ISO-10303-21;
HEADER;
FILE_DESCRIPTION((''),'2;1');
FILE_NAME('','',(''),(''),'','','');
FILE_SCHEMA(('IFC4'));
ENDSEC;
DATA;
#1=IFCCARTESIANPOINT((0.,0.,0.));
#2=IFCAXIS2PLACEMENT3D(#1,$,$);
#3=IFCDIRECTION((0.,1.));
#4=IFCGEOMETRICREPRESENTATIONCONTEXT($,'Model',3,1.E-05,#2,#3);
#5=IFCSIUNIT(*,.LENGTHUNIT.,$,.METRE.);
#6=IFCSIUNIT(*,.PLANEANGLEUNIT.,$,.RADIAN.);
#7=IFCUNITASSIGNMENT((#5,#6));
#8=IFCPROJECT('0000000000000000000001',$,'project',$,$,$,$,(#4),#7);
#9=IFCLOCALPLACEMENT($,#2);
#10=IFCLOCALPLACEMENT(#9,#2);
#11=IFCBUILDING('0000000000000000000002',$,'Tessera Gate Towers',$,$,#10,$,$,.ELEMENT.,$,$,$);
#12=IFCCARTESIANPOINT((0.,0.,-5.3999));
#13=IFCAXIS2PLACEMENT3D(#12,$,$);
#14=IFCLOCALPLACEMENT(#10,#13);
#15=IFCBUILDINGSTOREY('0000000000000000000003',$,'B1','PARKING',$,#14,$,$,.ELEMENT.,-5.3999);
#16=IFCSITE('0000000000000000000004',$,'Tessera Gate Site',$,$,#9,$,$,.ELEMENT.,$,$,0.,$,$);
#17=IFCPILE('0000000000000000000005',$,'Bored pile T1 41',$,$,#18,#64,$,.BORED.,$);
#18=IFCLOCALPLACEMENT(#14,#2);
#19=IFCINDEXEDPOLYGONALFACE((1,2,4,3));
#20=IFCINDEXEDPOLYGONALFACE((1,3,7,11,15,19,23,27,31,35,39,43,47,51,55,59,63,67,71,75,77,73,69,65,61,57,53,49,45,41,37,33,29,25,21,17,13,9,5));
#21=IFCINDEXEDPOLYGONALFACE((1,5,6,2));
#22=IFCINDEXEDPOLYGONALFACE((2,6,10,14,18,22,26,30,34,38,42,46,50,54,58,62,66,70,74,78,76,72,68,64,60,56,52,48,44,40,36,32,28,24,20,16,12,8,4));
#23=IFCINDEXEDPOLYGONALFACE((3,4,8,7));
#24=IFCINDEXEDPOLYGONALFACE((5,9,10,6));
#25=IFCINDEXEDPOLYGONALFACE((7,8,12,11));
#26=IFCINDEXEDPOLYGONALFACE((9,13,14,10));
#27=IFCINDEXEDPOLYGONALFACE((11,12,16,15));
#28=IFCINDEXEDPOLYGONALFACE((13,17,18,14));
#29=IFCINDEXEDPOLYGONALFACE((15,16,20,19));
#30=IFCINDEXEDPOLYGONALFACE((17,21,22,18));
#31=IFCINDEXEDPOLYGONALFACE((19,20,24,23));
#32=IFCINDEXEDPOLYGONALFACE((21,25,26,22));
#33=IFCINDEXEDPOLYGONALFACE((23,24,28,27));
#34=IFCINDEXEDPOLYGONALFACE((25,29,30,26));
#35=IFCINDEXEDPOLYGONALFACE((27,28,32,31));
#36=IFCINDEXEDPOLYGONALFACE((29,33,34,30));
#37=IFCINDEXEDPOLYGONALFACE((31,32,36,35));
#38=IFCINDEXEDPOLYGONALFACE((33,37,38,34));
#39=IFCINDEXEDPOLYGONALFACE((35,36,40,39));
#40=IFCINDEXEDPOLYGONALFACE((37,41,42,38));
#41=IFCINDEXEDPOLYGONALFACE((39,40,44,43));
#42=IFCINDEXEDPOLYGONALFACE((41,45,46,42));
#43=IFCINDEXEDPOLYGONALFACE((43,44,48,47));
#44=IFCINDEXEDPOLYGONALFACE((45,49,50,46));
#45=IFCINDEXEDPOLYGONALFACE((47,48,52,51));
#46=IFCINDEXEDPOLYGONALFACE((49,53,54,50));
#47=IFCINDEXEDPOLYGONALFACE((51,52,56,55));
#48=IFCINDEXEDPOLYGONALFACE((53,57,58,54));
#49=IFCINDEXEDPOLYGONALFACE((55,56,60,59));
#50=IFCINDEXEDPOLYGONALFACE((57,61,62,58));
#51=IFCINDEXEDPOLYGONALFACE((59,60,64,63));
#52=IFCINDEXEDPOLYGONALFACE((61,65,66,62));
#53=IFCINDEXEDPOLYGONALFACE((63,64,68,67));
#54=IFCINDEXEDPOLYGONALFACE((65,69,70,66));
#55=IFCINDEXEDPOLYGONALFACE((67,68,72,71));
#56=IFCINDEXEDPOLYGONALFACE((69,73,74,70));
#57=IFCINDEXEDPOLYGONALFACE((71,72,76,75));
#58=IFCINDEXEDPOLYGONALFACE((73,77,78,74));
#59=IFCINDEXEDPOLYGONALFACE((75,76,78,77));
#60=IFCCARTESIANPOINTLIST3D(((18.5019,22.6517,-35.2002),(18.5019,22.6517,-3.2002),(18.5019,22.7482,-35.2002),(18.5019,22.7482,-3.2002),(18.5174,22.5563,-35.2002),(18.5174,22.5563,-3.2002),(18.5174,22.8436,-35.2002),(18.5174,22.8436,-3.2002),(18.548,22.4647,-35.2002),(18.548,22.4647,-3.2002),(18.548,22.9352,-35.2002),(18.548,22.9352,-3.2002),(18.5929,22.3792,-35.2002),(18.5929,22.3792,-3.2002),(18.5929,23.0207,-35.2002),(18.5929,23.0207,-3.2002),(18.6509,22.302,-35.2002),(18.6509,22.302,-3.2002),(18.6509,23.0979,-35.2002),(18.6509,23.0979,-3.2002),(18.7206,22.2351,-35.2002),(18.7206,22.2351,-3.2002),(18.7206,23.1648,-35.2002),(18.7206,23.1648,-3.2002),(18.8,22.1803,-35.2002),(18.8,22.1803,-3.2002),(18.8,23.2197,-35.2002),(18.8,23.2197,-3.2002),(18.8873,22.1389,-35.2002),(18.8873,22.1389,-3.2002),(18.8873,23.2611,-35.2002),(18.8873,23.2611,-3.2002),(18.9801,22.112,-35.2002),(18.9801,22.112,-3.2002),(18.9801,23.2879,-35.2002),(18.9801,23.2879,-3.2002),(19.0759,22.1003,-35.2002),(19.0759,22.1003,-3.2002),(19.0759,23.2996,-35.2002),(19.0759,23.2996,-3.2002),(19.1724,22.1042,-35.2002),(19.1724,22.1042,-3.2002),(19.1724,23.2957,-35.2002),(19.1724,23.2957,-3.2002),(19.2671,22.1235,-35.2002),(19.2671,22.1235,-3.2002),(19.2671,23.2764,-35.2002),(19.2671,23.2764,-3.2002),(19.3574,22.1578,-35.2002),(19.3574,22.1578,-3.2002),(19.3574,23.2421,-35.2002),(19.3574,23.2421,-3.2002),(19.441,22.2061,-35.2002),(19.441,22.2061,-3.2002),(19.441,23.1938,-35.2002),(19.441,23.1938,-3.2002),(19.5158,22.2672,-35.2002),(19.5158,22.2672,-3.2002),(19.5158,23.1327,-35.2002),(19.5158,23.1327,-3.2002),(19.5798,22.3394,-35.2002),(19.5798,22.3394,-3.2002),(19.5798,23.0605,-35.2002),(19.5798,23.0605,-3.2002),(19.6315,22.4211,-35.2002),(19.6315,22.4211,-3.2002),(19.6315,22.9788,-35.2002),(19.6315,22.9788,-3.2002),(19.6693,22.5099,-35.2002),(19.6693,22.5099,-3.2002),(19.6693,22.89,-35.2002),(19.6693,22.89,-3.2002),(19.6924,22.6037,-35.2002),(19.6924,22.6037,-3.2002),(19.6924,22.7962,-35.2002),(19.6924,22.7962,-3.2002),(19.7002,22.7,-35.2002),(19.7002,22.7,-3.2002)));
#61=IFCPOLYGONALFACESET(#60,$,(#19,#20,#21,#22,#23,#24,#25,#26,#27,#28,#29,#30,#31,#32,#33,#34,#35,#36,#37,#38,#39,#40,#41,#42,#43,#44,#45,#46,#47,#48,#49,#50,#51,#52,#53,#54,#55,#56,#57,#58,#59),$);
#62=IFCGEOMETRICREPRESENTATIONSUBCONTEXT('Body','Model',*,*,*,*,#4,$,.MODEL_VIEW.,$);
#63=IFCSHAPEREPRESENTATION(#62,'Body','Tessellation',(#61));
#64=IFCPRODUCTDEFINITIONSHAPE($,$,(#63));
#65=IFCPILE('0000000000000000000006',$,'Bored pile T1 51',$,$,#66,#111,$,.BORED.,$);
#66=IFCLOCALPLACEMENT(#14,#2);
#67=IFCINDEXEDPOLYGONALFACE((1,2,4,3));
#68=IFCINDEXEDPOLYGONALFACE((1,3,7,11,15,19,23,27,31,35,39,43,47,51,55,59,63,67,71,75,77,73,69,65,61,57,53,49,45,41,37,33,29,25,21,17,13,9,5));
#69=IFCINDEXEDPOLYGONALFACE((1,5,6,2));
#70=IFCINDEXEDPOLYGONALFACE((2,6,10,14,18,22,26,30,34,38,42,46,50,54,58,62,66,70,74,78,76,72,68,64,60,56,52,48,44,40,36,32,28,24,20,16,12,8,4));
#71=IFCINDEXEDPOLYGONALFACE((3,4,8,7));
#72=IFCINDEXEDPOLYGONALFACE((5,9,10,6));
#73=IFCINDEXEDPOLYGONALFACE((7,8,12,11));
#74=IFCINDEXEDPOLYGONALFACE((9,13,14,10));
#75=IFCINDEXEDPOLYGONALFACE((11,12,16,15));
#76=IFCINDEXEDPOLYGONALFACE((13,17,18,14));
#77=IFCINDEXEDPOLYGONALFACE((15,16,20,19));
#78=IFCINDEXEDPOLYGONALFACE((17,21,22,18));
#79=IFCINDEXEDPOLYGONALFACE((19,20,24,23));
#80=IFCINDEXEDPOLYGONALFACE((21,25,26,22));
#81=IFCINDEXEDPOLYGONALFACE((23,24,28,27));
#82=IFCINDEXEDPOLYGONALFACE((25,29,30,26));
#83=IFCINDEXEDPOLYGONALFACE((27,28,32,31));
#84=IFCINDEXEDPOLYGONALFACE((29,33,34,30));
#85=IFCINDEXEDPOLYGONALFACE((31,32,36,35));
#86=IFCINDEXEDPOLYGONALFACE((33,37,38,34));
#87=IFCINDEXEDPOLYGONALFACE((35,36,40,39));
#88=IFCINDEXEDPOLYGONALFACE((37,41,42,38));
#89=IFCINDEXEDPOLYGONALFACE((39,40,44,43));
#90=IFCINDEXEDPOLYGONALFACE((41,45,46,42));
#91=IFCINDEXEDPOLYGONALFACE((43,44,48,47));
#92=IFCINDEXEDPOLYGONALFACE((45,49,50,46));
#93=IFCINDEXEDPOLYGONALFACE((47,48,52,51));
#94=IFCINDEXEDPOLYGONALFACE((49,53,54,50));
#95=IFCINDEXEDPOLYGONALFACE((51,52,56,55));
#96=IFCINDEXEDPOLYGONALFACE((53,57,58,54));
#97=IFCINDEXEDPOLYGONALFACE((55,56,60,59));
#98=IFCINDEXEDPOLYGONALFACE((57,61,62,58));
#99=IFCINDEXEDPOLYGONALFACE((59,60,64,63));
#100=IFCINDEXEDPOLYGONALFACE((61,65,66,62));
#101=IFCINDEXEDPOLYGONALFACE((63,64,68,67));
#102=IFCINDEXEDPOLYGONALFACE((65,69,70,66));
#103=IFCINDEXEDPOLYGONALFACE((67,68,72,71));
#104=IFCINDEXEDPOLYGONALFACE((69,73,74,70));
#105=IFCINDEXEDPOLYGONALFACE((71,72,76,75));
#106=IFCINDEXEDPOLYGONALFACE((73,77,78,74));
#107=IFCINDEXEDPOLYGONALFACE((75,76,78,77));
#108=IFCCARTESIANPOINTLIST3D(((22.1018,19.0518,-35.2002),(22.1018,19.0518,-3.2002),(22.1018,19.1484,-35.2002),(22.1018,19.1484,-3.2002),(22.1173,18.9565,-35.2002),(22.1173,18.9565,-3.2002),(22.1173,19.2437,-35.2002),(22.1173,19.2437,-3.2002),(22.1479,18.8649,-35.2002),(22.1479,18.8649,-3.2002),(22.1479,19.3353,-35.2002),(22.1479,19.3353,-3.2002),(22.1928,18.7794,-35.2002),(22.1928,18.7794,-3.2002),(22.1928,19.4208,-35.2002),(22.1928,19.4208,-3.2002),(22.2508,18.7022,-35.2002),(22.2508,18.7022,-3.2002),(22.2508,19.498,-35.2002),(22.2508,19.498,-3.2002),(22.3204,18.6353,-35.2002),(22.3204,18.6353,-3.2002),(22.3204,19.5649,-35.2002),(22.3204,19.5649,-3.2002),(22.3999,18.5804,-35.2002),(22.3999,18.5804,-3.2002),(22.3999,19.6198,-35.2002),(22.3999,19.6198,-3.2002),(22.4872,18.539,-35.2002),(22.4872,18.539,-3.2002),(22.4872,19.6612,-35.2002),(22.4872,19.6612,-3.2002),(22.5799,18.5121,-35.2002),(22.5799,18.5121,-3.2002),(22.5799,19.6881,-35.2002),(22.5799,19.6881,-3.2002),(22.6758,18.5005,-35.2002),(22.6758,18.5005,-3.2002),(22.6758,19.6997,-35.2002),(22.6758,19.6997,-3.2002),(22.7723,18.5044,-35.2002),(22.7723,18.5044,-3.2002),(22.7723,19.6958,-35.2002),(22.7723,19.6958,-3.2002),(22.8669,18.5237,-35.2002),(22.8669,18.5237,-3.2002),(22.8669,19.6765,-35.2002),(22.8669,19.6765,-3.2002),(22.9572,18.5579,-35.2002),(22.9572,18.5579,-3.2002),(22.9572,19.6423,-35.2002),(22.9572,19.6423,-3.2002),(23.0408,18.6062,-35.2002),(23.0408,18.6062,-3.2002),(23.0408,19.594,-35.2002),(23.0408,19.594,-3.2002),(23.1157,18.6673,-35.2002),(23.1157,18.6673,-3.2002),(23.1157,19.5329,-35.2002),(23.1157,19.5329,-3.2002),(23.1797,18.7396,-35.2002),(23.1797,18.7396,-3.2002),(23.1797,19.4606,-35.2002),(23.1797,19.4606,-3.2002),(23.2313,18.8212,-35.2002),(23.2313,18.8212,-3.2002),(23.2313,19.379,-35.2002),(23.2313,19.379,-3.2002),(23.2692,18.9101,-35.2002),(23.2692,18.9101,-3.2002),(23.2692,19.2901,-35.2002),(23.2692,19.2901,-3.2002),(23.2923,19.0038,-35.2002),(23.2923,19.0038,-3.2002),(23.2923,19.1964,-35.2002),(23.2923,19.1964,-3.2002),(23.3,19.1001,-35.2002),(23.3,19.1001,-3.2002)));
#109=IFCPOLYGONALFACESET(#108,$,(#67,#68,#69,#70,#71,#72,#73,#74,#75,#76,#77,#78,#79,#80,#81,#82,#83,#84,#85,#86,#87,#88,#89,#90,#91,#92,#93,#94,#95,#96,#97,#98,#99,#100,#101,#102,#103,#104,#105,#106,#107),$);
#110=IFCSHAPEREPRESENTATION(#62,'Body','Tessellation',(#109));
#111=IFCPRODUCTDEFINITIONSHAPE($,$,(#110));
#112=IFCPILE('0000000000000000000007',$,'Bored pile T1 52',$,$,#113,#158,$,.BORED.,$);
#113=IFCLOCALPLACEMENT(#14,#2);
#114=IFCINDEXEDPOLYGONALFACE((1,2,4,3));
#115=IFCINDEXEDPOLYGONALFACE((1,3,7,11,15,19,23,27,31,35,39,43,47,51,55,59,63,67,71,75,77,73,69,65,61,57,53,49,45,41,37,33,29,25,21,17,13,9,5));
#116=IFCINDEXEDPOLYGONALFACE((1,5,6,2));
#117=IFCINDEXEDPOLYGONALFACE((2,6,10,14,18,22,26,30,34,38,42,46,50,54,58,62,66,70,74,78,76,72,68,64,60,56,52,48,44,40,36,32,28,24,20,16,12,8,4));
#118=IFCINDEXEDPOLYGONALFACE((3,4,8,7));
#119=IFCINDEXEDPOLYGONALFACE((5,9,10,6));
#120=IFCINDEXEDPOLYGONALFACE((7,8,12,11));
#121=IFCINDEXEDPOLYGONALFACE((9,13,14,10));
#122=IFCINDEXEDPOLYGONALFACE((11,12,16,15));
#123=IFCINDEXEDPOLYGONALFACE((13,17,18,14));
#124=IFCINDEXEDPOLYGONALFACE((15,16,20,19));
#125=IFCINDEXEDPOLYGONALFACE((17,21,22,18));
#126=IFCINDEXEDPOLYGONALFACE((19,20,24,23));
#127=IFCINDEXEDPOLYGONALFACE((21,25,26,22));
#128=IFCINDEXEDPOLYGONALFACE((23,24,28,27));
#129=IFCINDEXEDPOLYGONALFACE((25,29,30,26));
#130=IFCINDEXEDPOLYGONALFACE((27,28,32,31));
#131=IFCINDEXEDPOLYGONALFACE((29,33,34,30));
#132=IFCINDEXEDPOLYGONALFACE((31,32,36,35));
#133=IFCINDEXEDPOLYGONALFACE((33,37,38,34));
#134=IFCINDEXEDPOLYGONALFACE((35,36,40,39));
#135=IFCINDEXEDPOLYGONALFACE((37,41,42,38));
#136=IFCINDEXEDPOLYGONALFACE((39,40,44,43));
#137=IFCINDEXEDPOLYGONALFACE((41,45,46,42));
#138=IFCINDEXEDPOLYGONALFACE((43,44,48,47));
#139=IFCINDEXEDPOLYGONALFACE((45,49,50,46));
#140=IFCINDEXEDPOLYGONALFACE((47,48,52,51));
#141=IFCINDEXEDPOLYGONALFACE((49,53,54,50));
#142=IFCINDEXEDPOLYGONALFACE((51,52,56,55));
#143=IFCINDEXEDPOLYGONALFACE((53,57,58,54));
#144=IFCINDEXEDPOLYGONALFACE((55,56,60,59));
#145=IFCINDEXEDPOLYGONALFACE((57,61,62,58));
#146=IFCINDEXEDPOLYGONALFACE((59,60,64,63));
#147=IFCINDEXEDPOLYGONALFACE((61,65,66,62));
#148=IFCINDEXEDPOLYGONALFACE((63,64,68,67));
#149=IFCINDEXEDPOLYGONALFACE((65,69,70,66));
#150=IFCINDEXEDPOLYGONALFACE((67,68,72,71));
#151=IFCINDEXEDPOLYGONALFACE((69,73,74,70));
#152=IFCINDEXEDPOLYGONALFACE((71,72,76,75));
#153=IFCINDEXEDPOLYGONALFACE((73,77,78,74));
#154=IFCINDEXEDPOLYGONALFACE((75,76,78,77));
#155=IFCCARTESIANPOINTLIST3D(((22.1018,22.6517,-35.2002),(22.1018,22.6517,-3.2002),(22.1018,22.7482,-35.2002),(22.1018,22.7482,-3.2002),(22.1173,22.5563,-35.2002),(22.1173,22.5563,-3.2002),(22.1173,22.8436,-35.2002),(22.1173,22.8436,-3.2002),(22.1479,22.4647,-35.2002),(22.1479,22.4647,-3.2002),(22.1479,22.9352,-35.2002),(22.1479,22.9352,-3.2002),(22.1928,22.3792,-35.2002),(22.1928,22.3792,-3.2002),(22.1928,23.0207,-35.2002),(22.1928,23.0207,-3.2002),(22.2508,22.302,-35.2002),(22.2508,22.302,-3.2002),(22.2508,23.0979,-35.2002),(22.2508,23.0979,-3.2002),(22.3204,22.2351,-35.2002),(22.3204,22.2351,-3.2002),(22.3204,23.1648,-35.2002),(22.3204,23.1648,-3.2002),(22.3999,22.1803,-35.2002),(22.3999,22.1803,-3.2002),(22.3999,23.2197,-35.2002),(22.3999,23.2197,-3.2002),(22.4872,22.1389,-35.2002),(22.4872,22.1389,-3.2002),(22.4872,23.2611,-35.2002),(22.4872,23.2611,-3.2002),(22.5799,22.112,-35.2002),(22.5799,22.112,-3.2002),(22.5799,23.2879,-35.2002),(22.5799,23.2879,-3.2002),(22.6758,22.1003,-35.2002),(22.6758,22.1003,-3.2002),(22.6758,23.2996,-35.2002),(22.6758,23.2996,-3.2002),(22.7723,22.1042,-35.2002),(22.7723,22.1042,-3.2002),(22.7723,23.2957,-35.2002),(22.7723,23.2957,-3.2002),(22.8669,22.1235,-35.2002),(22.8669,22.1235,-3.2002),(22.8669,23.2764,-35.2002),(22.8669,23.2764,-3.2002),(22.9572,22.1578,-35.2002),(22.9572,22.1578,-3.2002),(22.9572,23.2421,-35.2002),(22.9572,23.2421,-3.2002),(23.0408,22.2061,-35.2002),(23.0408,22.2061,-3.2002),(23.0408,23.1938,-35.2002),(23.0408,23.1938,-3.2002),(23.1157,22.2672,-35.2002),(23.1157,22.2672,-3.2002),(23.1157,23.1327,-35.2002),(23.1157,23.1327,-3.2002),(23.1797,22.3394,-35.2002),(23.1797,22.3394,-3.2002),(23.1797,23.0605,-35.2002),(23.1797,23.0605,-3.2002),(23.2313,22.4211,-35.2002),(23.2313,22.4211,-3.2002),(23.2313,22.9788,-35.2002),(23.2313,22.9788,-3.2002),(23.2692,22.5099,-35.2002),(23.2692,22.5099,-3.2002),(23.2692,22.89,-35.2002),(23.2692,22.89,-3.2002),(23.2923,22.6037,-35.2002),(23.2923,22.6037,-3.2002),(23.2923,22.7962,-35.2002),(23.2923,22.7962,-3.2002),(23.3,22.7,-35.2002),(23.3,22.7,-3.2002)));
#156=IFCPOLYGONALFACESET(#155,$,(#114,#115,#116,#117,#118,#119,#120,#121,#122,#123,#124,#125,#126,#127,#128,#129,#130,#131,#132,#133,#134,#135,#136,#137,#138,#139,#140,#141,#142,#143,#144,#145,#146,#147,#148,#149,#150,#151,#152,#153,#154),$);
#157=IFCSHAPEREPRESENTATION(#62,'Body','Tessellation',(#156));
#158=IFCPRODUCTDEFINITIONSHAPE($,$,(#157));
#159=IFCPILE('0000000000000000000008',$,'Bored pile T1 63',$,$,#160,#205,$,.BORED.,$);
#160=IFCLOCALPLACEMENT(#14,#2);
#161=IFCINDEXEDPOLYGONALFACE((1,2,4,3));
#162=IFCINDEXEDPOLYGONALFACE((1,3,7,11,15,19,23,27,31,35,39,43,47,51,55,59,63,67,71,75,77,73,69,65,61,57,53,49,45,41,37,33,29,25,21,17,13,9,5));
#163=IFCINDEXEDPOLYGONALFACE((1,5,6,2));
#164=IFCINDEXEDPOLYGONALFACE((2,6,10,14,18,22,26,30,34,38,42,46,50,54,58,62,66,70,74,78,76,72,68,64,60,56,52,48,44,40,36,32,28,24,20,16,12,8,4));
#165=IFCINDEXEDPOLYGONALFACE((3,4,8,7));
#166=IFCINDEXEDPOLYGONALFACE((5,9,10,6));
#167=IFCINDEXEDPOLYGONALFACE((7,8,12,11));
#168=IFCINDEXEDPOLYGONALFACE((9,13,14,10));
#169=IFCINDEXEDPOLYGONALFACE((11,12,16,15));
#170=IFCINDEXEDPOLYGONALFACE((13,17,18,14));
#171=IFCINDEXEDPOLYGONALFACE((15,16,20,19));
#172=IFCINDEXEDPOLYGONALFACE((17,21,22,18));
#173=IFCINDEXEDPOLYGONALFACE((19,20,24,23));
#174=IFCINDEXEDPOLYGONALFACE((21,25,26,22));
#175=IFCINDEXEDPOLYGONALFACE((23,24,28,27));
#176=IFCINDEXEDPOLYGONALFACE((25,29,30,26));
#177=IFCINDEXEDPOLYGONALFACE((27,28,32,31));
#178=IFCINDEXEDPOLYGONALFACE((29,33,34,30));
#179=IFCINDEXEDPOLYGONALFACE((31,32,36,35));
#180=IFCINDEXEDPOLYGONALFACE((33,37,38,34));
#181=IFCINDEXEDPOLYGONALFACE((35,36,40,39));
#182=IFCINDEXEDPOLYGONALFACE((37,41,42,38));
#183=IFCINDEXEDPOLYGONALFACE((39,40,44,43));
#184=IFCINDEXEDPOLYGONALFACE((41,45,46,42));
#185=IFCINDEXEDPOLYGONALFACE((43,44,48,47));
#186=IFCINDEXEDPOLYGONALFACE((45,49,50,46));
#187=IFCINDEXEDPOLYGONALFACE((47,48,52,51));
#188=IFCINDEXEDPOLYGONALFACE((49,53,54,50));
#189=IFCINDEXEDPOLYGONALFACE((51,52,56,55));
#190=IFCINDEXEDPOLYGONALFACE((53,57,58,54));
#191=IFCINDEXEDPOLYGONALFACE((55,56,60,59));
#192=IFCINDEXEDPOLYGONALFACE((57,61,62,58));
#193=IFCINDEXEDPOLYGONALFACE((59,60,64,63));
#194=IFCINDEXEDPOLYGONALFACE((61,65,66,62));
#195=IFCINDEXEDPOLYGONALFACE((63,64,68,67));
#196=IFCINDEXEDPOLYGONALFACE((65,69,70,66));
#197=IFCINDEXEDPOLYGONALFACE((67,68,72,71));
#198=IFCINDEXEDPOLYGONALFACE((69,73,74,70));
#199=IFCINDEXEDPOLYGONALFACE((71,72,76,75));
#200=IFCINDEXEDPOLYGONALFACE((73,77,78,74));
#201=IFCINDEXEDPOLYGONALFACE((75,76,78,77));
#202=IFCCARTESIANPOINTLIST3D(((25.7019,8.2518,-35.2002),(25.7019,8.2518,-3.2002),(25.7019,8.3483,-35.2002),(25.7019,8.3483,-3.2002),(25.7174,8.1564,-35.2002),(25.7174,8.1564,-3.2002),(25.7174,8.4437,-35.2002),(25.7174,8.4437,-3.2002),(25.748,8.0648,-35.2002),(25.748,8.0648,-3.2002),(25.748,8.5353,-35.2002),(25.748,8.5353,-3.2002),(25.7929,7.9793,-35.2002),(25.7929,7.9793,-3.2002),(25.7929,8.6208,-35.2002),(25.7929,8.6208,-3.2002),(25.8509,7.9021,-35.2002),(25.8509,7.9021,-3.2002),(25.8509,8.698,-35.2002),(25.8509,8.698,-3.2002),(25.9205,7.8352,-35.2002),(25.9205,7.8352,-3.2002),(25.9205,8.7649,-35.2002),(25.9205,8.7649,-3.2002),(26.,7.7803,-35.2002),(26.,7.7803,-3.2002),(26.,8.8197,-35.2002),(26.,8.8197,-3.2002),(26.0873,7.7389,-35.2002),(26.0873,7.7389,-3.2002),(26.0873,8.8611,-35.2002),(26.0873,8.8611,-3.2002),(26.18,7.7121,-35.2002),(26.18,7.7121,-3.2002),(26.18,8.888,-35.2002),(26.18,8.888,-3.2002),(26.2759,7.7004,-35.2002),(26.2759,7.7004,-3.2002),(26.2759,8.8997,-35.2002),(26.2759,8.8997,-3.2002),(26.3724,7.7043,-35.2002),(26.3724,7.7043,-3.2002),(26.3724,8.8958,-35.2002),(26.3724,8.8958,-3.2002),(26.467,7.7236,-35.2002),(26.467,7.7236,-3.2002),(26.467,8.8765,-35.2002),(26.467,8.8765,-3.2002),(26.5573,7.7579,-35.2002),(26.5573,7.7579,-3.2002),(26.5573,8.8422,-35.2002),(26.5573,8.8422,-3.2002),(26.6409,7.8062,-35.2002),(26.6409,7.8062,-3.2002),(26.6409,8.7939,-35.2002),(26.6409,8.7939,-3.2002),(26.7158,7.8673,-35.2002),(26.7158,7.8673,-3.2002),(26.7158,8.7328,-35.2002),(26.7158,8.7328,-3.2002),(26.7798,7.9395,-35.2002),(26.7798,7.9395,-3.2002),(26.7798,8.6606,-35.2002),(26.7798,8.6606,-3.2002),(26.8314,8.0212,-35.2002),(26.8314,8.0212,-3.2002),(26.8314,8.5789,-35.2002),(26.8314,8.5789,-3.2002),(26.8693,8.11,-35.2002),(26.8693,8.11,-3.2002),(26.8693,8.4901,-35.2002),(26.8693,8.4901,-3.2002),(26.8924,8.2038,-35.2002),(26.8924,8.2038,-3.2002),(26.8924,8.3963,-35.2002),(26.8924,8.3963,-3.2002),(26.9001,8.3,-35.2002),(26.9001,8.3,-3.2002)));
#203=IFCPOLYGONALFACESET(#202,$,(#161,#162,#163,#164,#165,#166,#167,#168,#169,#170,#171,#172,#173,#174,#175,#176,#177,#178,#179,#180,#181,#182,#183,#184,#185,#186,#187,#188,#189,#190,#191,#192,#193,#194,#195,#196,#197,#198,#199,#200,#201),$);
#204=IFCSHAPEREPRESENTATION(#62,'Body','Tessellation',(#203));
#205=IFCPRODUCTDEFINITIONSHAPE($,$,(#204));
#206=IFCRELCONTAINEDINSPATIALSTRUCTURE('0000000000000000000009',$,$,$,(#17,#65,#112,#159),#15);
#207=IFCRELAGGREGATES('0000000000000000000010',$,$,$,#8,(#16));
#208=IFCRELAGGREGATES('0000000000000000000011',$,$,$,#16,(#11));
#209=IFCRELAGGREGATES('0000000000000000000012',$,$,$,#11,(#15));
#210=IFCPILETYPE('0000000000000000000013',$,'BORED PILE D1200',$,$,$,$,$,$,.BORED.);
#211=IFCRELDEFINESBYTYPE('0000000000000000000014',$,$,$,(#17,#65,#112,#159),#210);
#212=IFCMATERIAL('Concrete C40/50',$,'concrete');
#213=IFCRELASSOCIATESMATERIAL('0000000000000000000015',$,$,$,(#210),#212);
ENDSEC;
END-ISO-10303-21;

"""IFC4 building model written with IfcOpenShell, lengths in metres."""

from ifc_helpers import new_model, si_unit, direction, frame, origin, origin_2d, place, context, subcontext, project, spatial, circle, extrude, material, material_profile, profile_set, type_object, element, save


model = new_model("IFC4")

# Units and contexts
model_context = context("Model", 3, precision=1e-05, world=origin(), true_north=direction((0.0, 1.0)))
body_context = subcontext(model_context, "Body", "Model", "MODEL_VIEW")
ifc_project = project(units=[si_unit("LENGTHUNIT", "METRE"), si_unit("PLANEANGLEUNIT", "RADIAN")], contexts=[model_context])

# Site, building, storey
site_placement = place(None, origin())
site = spatial("IfcSite", under=ifc_project, at=site_placement, Name="Tessera Gate Site", CompositionType="ELEMENT", RefElevation=0.0)
building_placement = place(site_placement, origin())
building = spatial("IfcBuilding", under=site, at=building_placement, Name="Tessera Gate Towers", CompositionType="ELEMENT")
storey_placement = place(building_placement, frame((0.0, 0.0, -5.3999)))
storey = spatial("IfcBuildingStorey", under=building, at=storey_placement, Name="B1", Description="PARKING", CompositionType="ELEMENT", Elevation=-5.3999)

# Piles
ifc_material_1 = material(Name="Concrete C40/50", Category="concrete")
ifc_material_profile_1 = material_profile(ifc_material_1, circle(Radius=0.6001, at=origin_2d()), Name="BORED PILE D1200")
ifc_profile_set_1 = profile_set([ifc_material_profile_1], Name="Concrete C40/50")
pile_type = type_object("IfcPileType", Name="BORED PILE D1200", PredefinedType="BORED", material=ifc_profile_set_1)
for number, where, z_axis, x_axis, name in (
    (1, (19.1001, 22.7, -3.2002), (0.0, 0.0, -1.0), (1.0, 0.0, 0.0), "Bored pile T1 41"),
    (2, (22.7, 19.1001, -3.2002), (0.0, 0.0, -1.0), (1.0, 0.0, 0.0), "Bored pile T1 51"),
    (3, (22.7, 22.7, -3.2002), (0.0, 0.0, -1.0), (1.0, 0.0, 0.0), "Bored pile T1 52"),
    (4, (26.3, 8.3, -3.2002), (0.0, 0.0, -1.0), (1.0, 0.0, 0.0), "Bored pile T1 63"),
):
    element("IfcPile", number, at=place(storey_placement, frame(where, z_axis=z_axis, x_axis=x_axis)), inside=storey, type_object=pile_type, Name=name, PredefinedType="BORED", context=body_context, shape_type="SweptSolid", body=[
        extrude(circle(Radius=0.6001, at=origin_2d()), origin(), (0.0, 0.0, 1.0), 32.0),
    ])

save(model, "model.ifc")
